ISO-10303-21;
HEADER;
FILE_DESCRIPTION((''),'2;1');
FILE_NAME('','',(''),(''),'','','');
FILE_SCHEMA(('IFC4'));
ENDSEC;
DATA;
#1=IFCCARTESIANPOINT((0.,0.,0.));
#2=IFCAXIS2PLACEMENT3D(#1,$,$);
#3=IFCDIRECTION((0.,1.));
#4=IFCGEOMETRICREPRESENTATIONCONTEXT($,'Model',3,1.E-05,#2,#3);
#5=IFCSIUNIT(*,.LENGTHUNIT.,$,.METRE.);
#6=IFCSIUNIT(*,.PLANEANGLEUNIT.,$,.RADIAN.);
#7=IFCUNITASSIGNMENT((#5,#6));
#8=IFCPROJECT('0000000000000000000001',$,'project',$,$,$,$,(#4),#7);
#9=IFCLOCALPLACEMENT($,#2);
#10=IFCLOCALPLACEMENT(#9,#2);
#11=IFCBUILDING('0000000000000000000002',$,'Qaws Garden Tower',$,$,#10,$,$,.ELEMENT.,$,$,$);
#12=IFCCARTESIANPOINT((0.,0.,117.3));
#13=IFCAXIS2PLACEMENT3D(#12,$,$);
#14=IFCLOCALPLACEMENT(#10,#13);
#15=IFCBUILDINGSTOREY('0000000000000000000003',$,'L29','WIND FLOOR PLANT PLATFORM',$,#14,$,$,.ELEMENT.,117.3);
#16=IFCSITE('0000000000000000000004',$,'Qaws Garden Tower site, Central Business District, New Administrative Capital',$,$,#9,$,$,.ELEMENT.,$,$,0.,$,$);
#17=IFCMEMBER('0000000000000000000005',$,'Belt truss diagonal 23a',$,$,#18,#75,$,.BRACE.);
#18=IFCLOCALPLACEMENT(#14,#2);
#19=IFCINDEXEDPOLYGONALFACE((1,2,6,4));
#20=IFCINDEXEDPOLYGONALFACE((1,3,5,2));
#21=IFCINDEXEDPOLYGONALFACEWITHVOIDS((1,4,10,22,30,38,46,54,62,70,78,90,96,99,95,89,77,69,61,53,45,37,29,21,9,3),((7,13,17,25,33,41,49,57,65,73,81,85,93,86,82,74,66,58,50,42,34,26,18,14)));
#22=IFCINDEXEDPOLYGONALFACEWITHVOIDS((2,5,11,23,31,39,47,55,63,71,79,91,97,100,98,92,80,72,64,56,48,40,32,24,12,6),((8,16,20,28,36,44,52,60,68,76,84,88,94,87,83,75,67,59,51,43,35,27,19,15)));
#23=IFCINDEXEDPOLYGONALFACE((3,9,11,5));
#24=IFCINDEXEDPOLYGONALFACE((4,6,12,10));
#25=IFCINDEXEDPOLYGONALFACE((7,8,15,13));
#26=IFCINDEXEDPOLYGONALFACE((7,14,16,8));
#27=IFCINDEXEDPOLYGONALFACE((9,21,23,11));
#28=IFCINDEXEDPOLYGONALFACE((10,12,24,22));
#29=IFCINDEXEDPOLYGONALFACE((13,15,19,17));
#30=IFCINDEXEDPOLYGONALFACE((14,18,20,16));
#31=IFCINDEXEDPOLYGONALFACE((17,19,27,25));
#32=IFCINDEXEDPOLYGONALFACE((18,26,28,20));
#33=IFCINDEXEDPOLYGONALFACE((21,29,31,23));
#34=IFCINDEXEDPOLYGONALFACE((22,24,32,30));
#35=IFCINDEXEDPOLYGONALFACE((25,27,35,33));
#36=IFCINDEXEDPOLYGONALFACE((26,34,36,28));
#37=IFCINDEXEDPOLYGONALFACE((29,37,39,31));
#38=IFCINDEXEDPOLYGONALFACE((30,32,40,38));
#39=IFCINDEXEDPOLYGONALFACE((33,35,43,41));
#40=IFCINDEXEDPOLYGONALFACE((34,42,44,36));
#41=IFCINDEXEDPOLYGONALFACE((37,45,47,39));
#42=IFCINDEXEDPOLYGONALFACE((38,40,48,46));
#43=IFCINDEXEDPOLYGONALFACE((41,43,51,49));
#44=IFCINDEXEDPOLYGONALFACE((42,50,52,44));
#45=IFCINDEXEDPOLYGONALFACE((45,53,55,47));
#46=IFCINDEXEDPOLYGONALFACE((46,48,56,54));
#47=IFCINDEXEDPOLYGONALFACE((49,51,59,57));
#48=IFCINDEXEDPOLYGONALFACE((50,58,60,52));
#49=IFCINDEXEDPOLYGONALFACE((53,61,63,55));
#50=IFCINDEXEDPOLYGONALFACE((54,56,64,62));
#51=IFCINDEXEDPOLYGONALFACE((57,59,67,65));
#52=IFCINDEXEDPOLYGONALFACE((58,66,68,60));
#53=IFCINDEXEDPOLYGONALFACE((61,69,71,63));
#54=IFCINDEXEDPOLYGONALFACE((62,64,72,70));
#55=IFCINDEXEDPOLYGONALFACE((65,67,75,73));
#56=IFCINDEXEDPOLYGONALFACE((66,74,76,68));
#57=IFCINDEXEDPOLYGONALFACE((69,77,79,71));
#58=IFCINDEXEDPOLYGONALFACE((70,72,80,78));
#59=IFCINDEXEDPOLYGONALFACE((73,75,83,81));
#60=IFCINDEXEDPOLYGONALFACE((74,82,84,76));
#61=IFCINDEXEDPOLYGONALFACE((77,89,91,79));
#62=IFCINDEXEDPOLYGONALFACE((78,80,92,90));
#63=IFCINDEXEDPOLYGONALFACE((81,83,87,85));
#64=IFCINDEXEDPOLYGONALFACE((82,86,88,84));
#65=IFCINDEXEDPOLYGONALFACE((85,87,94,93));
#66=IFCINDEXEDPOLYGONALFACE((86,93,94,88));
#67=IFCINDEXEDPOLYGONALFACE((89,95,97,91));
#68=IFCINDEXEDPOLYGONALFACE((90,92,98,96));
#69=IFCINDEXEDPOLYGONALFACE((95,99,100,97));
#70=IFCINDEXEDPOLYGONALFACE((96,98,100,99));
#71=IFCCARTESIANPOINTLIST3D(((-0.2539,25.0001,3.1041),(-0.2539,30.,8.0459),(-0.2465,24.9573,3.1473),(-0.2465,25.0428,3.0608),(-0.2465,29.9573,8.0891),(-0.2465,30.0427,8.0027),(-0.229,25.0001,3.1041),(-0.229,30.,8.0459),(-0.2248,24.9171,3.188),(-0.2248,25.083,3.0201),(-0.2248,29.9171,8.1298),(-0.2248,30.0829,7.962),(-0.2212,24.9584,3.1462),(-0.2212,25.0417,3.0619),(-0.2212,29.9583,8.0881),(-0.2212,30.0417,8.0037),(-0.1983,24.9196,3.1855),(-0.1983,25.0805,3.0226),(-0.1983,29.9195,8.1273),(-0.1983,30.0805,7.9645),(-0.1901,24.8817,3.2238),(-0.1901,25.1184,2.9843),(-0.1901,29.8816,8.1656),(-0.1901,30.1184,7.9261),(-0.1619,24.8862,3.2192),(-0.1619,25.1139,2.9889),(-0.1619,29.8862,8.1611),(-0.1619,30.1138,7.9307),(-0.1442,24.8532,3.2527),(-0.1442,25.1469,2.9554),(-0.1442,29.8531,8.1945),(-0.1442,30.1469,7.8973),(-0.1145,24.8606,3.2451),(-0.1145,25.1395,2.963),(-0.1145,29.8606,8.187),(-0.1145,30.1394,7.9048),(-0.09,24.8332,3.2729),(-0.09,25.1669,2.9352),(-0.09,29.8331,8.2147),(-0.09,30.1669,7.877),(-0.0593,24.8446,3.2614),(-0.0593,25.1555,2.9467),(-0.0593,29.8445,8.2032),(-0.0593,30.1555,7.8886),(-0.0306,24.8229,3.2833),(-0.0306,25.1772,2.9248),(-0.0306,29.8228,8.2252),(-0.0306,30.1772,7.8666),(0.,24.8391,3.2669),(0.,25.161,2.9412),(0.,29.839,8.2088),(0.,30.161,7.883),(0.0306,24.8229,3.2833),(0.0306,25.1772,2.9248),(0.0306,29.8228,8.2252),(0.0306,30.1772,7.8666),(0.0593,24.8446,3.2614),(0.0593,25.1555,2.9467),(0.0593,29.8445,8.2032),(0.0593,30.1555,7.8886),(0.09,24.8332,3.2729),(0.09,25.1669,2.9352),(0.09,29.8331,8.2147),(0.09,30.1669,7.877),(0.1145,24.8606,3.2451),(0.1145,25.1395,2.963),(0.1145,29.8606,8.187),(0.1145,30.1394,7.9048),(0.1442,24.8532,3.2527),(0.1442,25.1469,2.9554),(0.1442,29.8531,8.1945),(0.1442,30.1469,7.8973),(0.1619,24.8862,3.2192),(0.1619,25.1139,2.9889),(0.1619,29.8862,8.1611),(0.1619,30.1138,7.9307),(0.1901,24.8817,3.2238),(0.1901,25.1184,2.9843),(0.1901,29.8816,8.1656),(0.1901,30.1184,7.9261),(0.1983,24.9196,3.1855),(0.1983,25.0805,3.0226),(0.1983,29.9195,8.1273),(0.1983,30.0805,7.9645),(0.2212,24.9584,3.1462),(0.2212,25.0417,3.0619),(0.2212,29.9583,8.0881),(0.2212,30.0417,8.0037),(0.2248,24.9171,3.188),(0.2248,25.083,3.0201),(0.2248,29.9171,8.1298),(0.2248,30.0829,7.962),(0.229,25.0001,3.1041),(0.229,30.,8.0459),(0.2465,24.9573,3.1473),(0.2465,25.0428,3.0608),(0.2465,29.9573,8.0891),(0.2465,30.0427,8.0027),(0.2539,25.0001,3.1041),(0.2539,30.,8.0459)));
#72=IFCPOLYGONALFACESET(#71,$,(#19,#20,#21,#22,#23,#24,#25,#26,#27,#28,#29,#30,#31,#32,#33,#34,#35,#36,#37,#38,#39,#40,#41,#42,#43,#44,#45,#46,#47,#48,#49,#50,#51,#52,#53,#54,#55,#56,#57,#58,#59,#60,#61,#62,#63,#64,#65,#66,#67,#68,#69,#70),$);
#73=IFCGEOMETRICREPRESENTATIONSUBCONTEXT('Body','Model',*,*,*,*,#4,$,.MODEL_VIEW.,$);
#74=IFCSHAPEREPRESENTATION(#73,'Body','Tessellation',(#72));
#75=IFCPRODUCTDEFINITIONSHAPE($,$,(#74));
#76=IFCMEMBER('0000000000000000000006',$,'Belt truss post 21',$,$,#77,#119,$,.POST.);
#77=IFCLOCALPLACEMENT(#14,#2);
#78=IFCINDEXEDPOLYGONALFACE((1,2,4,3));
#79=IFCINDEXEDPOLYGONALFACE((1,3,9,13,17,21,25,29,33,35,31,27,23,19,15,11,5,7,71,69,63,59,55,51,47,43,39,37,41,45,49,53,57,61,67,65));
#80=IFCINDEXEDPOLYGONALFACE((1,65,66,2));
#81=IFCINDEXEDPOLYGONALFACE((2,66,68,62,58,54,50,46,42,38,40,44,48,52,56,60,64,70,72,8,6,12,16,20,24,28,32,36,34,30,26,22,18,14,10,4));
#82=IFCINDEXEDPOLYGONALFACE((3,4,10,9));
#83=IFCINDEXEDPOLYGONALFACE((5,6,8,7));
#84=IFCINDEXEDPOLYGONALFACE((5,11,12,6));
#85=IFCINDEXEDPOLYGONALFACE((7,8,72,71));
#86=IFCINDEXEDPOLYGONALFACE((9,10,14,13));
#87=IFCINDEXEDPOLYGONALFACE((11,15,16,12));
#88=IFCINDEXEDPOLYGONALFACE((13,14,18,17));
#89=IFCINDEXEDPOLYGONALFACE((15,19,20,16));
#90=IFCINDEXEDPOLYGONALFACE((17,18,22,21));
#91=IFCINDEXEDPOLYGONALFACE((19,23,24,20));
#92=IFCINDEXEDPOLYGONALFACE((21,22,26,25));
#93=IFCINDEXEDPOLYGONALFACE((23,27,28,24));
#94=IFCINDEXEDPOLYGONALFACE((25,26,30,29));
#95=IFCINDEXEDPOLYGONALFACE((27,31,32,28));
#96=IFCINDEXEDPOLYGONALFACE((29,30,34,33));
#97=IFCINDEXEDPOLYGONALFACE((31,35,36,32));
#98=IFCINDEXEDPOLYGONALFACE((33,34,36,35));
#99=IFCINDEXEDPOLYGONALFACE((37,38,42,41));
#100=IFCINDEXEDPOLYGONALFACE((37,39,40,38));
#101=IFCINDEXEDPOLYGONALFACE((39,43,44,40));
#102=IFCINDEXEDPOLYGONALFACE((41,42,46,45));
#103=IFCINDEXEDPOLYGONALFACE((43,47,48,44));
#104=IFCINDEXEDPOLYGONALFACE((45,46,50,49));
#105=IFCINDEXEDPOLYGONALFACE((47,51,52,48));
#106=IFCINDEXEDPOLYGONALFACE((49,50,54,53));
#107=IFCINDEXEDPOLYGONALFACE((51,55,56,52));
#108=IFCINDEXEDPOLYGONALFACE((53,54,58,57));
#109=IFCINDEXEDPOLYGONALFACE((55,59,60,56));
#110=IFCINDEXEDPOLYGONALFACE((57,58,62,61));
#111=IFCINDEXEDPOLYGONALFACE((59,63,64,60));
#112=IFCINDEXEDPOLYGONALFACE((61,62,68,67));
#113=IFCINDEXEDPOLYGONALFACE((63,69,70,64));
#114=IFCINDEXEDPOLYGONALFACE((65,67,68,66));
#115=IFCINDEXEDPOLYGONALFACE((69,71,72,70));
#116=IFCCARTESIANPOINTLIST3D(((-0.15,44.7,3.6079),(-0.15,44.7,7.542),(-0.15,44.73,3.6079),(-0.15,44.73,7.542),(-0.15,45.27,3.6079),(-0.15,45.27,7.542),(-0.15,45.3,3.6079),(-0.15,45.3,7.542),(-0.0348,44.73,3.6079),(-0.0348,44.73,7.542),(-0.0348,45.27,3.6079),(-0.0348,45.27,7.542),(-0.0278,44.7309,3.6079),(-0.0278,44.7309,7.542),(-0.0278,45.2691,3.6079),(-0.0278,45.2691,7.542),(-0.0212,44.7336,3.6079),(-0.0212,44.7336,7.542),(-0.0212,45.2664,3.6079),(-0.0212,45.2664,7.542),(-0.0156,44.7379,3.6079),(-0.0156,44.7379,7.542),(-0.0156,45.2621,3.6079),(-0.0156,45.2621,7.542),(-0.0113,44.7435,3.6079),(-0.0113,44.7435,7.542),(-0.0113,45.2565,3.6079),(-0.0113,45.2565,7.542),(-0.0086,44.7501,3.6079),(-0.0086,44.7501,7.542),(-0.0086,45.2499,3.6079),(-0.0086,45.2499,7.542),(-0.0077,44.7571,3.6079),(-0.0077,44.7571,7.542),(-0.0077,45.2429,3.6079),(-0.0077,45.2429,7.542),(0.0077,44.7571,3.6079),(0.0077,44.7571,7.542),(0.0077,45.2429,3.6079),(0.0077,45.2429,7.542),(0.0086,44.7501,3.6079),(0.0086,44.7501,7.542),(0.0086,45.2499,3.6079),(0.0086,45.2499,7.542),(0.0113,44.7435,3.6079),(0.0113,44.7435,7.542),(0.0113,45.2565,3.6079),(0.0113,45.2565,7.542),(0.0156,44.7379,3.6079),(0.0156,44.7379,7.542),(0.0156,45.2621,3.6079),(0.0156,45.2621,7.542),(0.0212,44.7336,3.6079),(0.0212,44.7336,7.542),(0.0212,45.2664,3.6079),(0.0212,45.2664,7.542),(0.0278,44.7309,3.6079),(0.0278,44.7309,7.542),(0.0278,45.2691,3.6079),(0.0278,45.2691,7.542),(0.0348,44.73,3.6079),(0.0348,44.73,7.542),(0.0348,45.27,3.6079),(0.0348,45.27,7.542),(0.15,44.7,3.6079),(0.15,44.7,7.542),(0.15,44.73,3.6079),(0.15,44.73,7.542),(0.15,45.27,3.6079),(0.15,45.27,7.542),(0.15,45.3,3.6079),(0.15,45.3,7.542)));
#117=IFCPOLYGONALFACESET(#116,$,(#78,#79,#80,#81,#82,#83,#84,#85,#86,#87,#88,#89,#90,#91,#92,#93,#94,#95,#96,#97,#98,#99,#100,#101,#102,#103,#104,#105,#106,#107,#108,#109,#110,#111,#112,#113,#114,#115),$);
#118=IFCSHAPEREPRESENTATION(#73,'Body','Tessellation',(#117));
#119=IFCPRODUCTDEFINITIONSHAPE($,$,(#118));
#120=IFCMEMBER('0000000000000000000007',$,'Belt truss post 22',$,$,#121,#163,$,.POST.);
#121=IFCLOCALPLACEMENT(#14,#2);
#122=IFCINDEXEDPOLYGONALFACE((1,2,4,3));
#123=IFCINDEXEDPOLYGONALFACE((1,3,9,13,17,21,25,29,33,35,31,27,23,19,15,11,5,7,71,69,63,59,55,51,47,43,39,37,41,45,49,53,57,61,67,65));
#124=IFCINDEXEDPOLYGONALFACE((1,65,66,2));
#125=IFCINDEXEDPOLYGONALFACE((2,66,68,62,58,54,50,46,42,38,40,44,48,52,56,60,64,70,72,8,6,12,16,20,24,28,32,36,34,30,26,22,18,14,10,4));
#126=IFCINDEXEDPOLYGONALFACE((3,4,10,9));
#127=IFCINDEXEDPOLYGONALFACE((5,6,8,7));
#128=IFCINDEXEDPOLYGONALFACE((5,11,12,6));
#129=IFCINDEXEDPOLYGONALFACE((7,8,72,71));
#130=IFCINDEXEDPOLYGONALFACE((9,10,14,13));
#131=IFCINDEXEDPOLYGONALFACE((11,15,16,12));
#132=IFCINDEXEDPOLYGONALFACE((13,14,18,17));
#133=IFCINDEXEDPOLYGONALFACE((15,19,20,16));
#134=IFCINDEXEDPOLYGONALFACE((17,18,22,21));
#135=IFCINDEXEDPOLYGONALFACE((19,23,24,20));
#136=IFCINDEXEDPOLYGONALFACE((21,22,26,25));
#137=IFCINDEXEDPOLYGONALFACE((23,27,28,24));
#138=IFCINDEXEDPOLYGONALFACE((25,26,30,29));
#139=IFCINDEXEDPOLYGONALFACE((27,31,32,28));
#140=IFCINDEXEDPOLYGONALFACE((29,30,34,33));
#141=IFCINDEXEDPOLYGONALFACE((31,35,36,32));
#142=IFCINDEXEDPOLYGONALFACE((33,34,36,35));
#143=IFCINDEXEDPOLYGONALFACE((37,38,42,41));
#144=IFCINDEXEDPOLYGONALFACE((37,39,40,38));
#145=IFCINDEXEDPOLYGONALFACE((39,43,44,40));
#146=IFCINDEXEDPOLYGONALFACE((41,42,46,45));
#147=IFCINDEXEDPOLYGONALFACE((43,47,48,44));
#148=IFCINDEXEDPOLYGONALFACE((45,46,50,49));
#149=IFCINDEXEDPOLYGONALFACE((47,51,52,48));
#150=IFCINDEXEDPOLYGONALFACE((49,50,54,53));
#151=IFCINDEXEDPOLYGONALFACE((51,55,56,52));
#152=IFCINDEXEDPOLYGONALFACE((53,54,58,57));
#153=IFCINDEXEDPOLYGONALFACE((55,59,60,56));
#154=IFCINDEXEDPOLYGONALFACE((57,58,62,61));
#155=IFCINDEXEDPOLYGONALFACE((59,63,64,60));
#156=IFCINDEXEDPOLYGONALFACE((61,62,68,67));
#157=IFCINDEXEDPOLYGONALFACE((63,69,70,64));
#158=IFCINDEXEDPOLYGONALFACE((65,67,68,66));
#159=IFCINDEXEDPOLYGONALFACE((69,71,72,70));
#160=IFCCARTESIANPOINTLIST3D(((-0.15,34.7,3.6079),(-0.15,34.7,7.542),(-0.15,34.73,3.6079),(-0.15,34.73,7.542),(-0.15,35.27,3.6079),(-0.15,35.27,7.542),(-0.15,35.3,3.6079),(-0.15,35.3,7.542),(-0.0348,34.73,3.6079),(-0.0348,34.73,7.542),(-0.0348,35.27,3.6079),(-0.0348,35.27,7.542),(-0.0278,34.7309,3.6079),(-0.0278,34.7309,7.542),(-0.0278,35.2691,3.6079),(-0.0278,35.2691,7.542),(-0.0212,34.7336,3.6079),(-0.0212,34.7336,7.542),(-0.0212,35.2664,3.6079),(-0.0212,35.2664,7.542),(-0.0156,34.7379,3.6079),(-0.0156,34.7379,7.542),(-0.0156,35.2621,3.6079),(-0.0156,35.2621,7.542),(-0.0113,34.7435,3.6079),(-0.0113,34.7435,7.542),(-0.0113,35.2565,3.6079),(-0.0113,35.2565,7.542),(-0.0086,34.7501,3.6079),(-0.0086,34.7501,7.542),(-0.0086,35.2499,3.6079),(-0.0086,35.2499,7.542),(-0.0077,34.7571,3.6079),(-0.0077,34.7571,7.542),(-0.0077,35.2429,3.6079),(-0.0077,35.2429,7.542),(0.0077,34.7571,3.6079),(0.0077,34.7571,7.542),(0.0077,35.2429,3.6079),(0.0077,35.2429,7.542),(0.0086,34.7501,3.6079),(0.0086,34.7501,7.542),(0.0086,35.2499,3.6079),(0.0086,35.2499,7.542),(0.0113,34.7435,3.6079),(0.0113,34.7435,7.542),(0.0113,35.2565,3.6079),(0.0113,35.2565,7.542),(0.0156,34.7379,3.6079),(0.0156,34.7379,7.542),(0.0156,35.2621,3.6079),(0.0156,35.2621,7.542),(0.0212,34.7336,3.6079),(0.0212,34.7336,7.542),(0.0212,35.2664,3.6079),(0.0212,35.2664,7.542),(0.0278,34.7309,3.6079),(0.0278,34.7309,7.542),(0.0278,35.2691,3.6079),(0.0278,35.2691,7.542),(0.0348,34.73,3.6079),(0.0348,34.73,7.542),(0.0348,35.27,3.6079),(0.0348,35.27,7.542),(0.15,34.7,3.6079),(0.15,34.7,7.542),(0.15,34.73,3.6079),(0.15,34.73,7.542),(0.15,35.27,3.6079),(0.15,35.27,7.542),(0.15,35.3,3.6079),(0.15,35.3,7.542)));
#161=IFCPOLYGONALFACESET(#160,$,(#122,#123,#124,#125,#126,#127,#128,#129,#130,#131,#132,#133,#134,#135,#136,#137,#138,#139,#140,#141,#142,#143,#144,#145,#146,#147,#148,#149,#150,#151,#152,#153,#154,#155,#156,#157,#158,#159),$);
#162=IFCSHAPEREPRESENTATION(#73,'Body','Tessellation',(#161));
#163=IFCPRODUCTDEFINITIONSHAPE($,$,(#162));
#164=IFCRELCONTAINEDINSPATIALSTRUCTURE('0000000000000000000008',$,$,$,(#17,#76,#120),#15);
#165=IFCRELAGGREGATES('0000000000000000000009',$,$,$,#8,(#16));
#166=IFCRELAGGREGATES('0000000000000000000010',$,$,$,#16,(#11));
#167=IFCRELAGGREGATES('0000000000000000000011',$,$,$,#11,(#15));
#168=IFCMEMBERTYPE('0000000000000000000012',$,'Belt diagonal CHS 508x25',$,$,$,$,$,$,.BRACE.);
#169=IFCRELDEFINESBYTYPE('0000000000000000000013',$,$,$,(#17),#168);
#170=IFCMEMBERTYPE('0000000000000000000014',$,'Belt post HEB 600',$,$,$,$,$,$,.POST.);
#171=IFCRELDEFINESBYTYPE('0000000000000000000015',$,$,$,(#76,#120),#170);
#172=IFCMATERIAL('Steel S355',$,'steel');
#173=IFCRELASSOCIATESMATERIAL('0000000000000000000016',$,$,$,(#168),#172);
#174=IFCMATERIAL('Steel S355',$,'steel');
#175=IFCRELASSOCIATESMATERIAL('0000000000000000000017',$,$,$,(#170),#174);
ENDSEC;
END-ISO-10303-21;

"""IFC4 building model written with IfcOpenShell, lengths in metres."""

from ifc_helpers import new_model, si_unit, direction, frame, origin, origin_2d, place, context, subcontext, project, spatial, hollow_circle, i_section, extrude, material, material_profile, profile_set, type_object, element, save


model = new_model("IFC4")

# Units and contexts
model_context = context("Model", 3, precision=1e-05, world=origin(), true_north=direction((0.0, 1.0)))
body_context = subcontext(model_context, "Body", "Model", "MODEL_VIEW")
ifc_project = project(units=[si_unit("LENGTHUNIT", "METRE"), si_unit("PLANEANGLEUNIT", "RADIAN")], contexts=[model_context])

# Site, building, storey
site_placement = place(None, origin())
site = spatial("IfcSite", under=ifc_project, at=site_placement, Name="Qaws Garden Tower site, Central Business District, New Administrative Capital", CompositionType="ELEMENT", RefElevation=0.0)
building_placement = place(site_placement, origin())
building = spatial("IfcBuilding", under=site, at=building_placement, Name="Qaws Garden Tower", CompositionType="ELEMENT")
storey_placement = place(building_placement, frame((0.0, 0.0, 117.3)))
storey = spatial("IfcBuildingStorey", under=building, at=storey_placement, Name="L29", Description="WIND FLOOR PLANT PLATFORM", CompositionType="ELEMENT", Elevation=117.3)

# Members
ifc_material_1 = material(Name="Steel S355", Category="steel")
ifc_material_profile_1 = material_profile(ifc_material_1, hollow_circle(Radius=0.2539, WallThickness=0.0249, at=origin_2d()), Name="CHS 508x25")
ifc_profile_set_1 = profile_set([ifc_material_profile_1], Name="Steel S355")
member_type_1 = type_object("IfcMemberType", Name="Belt diagonal CHS 508x25", PredefinedType="BRACE", material=ifc_profile_set_1)
for number, where, z_axis, x_axis, name in (
    (1, (0.0, 30.0, 8.0459), (0.0, -0.711227, -0.702962), (1.0, 0.0, 0.0), "Belt truss diagonal 23a"),
):
    element("IfcMember", number, at=place(storey_placement, frame(where, z_axis=z_axis, x_axis=x_axis)), inside=storey, type_object=member_type_1, Name=name, PredefinedType="BRACE", context=body_context, shape_type="SweptSolid", body=[
        extrude(hollow_circle(Radius=0.2539, WallThickness=0.0249, at=origin_2d()), origin(), (0.0, 0.0, 1.0), 7.03),
    ])
ifc_material_2 = material(Name="Steel S355", Category="steel")
ifc_material_profile_2 = material_profile(ifc_material_2, i_section(OverallWidth=0.3, OverallDepth=0.6001, WebThickness=0.0154, FlangeThickness=0.03, FilletRadius=0.0271, at=origin_2d()), Name="HEB 600")
ifc_profile_set_2 = profile_set([ifc_material_profile_2], Name="Steel S355")
member_type_2 = type_object("IfcMemberType", Name="Belt post HEB 600", PredefinedType="POST", material=ifc_profile_set_2)
member_1_placement = place(storey_placement, frame((0.0, 45.0, 3.6079), z_axis=(0.0, 0.0, 1.0), x_axis=(1.0, 0.0, 0.0)))
element("IfcMember", 2, at=member_1_placement, inside=storey, type_object=member_type_2, Name="Belt truss post 21", PredefinedType="POST", context=body_context, shape_type="SweptSolid", body=[
    extrude(i_section(OverallWidth=0.3, OverallDepth=0.6001, WebThickness=0.0154, FlangeThickness=0.03, FilletRadius=0.0271, at=origin_2d()), origin(), (0.0, 0.0, 1.0), 3.9341),
])
placement = place(storey_placement, frame((0.0, 35.0, 3.6079), z_axis=(0.0, 0.0, 1.0), x_axis=(1.0, 0.0, 0.0)))
element("IfcMember", 3, at=placement, inside=storey, type_object=member_type_2, Name="Belt truss post 22", PredefinedType="POST", context=body_context, shape_type="SweptSolid", body=[
    extrude(i_section(OverallWidth=0.3, OverallDepth=0.6001, WebThickness=0.0154, FlangeThickness=0.03, FilletRadius=0.0271, at=origin_2d()), origin(), (0.0, 0.0, 1.0), 3.9341),
])

save(model, "model.ifc")
